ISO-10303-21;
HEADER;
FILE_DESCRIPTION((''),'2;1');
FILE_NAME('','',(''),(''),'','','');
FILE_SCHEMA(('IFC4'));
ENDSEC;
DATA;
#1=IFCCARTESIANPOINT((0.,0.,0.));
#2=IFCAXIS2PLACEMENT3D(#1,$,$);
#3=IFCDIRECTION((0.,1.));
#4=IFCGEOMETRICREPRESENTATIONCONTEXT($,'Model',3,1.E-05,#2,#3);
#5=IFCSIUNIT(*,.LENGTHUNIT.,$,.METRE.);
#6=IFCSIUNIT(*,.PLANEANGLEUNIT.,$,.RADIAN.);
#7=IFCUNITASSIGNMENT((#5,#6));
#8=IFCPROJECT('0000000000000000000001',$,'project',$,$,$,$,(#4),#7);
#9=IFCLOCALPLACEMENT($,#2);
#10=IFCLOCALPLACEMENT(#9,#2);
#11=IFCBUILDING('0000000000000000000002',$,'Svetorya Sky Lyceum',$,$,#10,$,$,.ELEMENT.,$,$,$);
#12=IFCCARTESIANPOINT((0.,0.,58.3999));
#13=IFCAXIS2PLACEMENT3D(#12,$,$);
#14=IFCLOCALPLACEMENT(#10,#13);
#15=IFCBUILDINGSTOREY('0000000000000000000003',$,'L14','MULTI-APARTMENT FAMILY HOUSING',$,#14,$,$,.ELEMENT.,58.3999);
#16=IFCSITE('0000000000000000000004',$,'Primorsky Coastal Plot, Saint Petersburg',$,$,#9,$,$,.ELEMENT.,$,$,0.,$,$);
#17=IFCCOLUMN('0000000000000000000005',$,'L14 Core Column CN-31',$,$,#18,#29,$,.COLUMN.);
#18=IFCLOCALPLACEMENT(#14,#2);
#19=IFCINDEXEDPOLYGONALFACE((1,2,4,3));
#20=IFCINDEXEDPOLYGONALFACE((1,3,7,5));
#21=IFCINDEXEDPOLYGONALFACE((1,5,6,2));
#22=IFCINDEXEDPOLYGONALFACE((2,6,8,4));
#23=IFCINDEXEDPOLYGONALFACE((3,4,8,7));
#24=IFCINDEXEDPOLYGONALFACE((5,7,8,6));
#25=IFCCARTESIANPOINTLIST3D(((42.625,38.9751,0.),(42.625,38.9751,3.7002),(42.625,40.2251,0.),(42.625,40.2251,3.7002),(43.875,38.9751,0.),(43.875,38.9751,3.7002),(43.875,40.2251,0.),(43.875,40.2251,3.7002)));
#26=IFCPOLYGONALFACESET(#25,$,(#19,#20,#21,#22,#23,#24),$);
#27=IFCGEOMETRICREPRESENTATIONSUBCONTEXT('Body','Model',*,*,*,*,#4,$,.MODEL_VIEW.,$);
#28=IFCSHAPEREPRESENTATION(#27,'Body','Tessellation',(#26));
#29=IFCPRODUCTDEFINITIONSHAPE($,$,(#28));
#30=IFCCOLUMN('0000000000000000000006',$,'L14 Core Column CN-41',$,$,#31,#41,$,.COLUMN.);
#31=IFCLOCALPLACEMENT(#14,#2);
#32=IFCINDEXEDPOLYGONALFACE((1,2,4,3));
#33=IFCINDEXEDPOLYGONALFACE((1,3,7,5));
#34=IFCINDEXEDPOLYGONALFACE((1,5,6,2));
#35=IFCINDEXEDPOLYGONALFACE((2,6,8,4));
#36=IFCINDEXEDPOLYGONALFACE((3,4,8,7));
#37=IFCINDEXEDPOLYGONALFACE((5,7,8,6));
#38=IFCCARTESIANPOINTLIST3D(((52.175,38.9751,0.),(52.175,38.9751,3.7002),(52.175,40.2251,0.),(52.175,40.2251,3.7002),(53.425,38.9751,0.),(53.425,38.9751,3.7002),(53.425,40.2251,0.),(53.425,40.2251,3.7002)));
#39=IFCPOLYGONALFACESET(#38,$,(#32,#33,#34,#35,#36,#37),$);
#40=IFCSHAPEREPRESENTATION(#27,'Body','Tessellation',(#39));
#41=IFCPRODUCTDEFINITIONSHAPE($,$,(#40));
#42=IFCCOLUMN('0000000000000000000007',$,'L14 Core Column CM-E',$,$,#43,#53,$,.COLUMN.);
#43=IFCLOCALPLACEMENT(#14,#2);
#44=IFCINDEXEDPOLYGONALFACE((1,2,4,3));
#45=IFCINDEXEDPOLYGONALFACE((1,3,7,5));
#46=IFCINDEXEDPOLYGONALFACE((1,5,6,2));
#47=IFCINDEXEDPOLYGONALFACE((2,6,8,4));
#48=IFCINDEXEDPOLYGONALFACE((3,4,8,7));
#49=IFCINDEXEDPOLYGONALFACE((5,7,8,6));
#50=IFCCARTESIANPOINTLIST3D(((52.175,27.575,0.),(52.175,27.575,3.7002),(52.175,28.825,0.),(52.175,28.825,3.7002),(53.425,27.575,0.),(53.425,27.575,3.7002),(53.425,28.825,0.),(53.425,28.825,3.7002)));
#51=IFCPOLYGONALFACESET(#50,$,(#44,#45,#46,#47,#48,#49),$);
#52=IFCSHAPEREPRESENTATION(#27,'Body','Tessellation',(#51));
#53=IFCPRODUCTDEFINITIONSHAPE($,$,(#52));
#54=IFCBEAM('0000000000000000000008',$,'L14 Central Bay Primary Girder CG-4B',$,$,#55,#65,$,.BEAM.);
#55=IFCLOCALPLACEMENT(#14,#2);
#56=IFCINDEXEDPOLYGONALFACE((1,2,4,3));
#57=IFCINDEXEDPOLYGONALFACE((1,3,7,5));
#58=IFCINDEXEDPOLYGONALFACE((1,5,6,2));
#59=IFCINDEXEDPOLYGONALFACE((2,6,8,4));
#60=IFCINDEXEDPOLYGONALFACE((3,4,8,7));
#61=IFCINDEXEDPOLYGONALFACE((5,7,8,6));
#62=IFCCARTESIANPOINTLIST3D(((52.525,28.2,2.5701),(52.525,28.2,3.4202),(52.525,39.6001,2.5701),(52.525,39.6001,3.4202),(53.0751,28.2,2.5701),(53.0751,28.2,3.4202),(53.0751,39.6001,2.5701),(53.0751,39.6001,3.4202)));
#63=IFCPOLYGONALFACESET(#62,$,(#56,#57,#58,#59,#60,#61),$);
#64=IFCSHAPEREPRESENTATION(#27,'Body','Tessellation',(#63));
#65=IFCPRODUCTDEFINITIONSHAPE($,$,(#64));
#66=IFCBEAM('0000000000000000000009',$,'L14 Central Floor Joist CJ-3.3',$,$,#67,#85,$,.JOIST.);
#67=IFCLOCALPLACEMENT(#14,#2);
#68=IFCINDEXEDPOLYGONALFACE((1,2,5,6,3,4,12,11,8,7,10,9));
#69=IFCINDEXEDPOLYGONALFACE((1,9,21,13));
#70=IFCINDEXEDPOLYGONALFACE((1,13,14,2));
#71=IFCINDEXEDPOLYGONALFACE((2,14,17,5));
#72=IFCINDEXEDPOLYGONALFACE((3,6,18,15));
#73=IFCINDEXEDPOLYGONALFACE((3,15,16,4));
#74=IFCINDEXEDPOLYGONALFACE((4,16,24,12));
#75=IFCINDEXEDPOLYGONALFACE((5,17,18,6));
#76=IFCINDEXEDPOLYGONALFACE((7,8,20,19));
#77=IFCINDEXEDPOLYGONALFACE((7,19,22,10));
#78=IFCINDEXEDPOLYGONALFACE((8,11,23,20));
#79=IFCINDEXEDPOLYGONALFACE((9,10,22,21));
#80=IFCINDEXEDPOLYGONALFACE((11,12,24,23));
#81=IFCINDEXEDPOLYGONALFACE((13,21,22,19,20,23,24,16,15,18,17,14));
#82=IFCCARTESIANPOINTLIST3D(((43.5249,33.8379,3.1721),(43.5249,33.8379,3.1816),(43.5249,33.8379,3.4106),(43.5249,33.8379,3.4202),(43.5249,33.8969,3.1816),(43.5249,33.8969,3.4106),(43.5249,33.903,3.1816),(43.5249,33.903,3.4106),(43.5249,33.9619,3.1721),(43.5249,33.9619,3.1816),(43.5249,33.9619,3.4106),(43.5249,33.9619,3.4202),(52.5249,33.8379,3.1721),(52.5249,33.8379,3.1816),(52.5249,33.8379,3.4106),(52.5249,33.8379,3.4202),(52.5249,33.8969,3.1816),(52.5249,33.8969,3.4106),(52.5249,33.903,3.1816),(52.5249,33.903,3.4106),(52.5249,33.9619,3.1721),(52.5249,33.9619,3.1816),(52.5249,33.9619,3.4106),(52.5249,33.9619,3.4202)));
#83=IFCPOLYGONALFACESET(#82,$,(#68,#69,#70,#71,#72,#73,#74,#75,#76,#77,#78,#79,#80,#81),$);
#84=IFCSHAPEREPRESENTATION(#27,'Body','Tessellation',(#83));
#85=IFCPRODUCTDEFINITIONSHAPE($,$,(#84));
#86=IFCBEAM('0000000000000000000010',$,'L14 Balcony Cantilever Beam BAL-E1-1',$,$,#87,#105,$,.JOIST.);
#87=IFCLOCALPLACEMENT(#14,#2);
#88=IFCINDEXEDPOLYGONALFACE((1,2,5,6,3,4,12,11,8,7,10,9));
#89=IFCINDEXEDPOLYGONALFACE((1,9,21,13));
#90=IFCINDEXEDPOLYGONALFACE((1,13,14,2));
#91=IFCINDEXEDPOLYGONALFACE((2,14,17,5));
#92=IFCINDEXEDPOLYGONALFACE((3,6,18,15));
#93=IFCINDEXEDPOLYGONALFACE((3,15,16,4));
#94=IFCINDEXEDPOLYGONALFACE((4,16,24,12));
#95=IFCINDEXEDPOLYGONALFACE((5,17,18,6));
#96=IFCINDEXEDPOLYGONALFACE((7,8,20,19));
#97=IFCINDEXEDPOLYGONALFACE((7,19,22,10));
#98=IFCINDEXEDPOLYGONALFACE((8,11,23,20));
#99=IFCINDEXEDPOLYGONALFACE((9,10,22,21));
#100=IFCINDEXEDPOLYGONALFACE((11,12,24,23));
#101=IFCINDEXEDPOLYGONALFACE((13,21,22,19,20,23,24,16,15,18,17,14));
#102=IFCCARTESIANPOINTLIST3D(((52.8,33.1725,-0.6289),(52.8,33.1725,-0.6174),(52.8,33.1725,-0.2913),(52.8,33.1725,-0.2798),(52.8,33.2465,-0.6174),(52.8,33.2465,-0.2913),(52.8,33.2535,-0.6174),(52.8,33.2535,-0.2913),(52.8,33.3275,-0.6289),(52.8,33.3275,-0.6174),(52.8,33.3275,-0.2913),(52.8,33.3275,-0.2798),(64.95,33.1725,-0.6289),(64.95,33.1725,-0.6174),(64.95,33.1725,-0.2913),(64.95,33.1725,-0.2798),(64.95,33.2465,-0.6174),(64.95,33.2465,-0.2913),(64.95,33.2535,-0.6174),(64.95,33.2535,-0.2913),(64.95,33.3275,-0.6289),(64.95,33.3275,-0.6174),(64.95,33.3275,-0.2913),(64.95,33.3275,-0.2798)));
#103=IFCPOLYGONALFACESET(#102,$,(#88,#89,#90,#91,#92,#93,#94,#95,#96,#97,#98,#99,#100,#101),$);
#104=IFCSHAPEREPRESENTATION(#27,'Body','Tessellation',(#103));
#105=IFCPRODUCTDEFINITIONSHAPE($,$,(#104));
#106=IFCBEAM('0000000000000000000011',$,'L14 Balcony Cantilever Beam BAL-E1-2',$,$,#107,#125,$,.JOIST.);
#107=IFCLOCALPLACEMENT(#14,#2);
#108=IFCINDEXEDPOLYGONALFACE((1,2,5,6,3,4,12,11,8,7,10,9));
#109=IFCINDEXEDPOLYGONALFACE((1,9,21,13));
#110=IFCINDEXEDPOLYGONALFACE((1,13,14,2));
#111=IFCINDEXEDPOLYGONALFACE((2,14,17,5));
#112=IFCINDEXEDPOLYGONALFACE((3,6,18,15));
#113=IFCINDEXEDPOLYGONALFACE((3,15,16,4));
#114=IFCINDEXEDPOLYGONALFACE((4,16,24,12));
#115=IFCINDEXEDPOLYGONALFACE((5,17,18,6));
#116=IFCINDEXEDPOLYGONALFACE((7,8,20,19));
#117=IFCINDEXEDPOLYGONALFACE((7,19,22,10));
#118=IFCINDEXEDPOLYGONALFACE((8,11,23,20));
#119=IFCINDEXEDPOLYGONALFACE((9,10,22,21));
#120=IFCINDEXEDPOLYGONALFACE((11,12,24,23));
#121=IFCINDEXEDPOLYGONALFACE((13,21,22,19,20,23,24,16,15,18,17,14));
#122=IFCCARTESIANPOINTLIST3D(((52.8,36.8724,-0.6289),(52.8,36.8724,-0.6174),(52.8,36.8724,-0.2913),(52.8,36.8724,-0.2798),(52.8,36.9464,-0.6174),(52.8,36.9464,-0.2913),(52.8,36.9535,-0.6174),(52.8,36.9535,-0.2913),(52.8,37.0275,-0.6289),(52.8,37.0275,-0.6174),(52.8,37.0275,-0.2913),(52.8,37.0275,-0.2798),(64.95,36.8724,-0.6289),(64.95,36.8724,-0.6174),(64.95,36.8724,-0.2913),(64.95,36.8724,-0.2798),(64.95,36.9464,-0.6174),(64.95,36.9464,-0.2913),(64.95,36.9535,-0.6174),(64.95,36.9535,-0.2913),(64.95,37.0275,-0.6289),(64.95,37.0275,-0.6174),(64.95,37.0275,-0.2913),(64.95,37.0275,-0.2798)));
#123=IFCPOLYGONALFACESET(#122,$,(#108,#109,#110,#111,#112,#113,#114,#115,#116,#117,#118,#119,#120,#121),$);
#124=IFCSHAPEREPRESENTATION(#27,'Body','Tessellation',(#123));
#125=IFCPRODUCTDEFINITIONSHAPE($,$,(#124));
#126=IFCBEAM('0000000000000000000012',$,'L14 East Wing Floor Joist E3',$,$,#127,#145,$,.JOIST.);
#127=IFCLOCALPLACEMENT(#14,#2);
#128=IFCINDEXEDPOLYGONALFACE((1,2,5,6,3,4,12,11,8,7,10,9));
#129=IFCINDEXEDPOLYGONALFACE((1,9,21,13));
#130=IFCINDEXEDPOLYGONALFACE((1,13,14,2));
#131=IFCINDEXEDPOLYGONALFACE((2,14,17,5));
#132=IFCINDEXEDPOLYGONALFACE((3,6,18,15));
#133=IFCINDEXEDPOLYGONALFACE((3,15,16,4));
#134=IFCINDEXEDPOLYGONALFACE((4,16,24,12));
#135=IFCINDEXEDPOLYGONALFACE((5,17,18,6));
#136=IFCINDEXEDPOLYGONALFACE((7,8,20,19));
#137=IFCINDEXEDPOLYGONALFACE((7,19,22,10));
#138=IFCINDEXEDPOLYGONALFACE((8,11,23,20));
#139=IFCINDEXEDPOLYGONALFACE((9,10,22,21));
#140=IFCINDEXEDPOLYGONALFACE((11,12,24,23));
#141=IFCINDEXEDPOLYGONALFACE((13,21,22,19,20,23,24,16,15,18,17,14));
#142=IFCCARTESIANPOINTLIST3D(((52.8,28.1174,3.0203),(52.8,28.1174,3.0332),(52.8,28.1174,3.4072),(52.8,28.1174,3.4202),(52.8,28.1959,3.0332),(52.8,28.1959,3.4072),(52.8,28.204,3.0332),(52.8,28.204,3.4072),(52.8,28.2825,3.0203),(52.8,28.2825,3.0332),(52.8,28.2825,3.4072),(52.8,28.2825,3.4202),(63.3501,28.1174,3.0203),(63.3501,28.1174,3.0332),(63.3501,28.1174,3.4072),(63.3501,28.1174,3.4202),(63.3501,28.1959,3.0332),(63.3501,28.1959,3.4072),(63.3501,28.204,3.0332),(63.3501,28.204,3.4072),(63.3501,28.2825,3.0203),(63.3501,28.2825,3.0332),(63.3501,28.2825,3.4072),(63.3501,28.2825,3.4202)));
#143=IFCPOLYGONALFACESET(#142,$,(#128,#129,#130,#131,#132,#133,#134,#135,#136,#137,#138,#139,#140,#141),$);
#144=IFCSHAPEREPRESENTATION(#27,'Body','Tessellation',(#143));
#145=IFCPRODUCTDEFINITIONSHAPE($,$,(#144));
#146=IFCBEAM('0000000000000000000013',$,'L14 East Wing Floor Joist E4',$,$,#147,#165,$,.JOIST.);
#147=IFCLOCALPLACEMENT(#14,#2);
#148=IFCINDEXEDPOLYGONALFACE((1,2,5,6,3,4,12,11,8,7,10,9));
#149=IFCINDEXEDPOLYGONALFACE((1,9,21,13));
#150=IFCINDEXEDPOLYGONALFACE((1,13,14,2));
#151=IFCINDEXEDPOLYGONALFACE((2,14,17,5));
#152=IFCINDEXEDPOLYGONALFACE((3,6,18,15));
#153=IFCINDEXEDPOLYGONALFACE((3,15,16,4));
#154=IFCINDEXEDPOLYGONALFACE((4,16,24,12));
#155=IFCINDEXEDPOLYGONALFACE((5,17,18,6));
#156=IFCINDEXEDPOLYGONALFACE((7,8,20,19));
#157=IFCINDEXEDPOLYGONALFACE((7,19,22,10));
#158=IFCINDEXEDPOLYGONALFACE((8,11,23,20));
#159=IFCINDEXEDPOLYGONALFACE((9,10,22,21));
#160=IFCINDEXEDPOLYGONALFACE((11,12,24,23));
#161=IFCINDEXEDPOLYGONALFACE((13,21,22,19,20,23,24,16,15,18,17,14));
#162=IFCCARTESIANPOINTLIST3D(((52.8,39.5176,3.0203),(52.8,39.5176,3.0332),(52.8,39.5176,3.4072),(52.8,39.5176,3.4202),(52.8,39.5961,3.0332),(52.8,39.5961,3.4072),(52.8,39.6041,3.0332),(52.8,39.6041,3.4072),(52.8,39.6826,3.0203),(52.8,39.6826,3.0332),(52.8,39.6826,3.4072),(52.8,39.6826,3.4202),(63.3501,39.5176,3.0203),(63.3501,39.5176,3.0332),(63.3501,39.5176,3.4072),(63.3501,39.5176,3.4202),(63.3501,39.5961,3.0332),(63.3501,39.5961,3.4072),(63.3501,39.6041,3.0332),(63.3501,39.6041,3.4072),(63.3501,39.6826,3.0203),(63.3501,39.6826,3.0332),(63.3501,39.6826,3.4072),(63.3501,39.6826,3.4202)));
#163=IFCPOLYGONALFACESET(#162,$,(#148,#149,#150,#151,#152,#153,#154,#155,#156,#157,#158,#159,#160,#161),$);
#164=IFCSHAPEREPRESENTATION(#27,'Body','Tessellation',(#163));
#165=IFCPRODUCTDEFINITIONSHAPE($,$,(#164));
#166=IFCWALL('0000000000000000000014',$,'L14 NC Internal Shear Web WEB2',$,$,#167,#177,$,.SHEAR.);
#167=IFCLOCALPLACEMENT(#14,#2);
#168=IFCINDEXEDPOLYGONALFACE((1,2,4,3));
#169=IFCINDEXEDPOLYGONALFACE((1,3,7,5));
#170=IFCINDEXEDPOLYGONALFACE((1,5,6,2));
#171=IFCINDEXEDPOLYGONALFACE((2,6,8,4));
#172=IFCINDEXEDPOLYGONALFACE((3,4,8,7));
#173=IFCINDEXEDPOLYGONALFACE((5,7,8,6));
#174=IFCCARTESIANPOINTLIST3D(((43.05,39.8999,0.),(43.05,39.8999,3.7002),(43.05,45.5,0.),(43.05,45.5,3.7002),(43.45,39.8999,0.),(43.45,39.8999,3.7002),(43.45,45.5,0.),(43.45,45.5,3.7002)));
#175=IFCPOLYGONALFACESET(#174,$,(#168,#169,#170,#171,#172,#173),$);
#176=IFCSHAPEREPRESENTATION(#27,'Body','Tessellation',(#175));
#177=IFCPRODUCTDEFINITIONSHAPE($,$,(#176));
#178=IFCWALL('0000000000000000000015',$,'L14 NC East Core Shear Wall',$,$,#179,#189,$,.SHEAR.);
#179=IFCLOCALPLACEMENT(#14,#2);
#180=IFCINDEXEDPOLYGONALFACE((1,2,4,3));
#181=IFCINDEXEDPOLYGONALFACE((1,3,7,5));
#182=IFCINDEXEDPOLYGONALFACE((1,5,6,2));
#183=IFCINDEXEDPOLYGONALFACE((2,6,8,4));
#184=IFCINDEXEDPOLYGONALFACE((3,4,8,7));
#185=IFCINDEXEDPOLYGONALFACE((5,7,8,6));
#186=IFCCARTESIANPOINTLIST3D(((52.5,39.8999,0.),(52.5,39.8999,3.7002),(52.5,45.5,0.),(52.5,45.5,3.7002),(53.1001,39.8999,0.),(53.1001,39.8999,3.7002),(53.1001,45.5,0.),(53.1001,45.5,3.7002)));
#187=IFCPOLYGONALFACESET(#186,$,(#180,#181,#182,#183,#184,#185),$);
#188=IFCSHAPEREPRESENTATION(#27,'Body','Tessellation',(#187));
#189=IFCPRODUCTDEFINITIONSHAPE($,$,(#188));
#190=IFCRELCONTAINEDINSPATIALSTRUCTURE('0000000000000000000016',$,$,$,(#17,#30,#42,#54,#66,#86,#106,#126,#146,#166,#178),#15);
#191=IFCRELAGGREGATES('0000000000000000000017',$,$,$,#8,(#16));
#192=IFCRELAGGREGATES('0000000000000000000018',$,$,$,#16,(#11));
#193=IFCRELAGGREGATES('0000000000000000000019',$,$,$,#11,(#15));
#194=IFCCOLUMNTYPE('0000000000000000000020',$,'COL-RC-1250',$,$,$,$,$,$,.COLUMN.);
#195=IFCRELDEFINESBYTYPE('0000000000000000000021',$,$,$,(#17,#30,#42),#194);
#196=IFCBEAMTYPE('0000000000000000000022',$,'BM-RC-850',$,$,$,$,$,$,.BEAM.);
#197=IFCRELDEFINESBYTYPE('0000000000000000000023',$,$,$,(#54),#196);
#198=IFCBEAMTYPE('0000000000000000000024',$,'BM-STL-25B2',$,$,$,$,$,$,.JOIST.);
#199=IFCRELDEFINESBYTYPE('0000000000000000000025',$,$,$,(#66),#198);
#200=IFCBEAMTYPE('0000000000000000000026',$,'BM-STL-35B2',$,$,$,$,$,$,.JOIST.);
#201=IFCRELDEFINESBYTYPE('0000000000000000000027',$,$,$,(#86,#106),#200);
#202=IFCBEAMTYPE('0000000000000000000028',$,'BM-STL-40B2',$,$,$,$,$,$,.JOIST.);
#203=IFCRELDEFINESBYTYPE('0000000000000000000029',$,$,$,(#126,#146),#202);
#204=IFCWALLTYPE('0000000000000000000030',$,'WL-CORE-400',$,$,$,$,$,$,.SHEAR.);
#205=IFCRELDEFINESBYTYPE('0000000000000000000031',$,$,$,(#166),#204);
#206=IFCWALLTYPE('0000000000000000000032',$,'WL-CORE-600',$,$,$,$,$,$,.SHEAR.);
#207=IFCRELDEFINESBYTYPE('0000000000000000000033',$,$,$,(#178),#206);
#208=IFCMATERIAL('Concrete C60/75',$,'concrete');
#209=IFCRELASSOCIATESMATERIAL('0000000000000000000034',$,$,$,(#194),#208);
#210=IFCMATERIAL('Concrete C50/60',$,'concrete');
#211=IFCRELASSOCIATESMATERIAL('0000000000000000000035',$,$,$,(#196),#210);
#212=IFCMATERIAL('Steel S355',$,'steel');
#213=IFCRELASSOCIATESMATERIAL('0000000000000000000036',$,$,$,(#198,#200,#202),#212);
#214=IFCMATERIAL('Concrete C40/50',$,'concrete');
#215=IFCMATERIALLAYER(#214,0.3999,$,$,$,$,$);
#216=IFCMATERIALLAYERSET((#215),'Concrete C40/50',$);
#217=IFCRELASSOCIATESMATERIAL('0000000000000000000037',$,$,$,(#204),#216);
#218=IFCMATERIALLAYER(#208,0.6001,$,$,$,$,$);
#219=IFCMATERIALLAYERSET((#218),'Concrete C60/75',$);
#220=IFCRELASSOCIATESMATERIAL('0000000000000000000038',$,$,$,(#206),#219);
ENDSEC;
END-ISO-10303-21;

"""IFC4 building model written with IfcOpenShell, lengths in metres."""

from ifc_helpers import new_model, si_unit, direction, frame, frame_2d, origin, origin_2d, place, context, subcontext, project, spatial, rectangle, i_section, extrude, material, layer, layer_set, material_profile, profile_set, type_object, element, save


model = new_model("IFC4")

# Units and contexts
model_context = context("Model", 3, precision=1e-05, world=origin(), true_north=direction((0.0, 1.0)))
body_context = subcontext(model_context, "Body", "Model", "MODEL_VIEW")
ifc_project = project(units=[si_unit("LENGTHUNIT", "METRE"), si_unit("PLANEANGLEUNIT", "RADIAN")], contexts=[model_context])

# Site, building, storey
site_placement = place(None, origin())
site = spatial("IfcSite", under=ifc_project, at=site_placement, Name="Primorsky Coastal Plot, Saint Petersburg", CompositionType="ELEMENT", RefElevation=0.0)
building_placement = place(site_placement, origin())
building = spatial("IfcBuilding", under=site, at=building_placement, Name="Svetorya Sky Lyceum", CompositionType="ELEMENT")
storey_placement = place(building_placement, frame((0.0, 0.0, 58.3999)))
storey = spatial("IfcBuildingStorey", under=building, at=storey_placement, Name="L14", Description="MULTI-APARTMENT FAMILY HOUSING", CompositionType="ELEMENT", Elevation=58.3999)

# Columns
ifc_material_1 = material(Name="Concrete C60/75", Category="concrete")
ifc_material_profile_1 = material_profile(ifc_material_1, rectangle(XDim=1.25, YDim=1.25, at=origin_2d()), Name="RC COL 1250x1250")
ifc_profile_set_1 = profile_set([ifc_material_profile_1], Name="Concrete C60/75")
column_type = type_object("IfcColumnType", Name="COL-RC-1250", PredefinedType="COLUMN", material=ifc_profile_set_1)
for number, where, z_axis, x_axis, name in (
    (1, (43.25, 39.6001, 0.0), (0.0, 0.0, 1.0), (1.0, 0.0, 0.0), "L14 Core Column CN-31"),
    (2, (52.8, 39.6001, 0.0), (0.0, 0.0, 1.0), (1.0, 0.0, 0.0), "L14 Core Column CN-41"),
    (3, (52.8, 28.2, 0.0), (0.0, 0.0, 1.0), (1.0, 0.0, 0.0), "L14 Core Column CM-E"),
):
    element("IfcColumn", number, at=place(storey_placement, frame(where, z_axis=z_axis, x_axis=x_axis)), inside=storey, type_object=column_type, Name=name, PredefinedType="COLUMN", context=body_context, shape_type="SweptSolid", body=[
        extrude(rectangle(XDim=1.25, YDim=1.25, at=origin_2d()), origin(), (0.0, 0.0, 1.0), 3.7002),
    ])

# Beams
ifc_material_2 = material(Name="Concrete C50/60", Category="concrete")
ifc_material_profile_2 = material_profile(ifc_material_2, rectangle(XDim=0.55, YDim=0.8501, at=origin_2d()), Name="RC BEAM 550x850")
ifc_profile_set_2 = profile_set([ifc_material_profile_2], Name="Concrete C50/60")
beam_type_1 = type_object("IfcBeamType", Name="BM-RC-850", PredefinedType="BEAM", material=ifc_profile_set_2)
beam_1_placement = place(storey_placement, frame((52.8, 28.2, 2.9951), z_axis=(0.0, 1.0, 0.0), x_axis=(-1.0, 0.0, 0.0)))
element("IfcBeam", 4, at=beam_1_placement, inside=storey, type_object=beam_type_1, Name="L14 Central Bay Primary Girder CG-4B", PredefinedType="BEAM", context=body_context, shape_type="SweptSolid", body=[
    extrude(rectangle(XDim=0.55, YDim=0.8501, at=origin_2d()), origin(), (0.0, 0.0, 1.0), 11.4001),
])
ifc_material_3 = material(Name="Steel S355", Category="steel")
ifc_material_profile_3 = material_profile(ifc_material_3, i_section(OverallWidth=0.124, OverallDepth=0.248, WebThickness=0.0061, FlangeThickness=0.0095, at=origin_2d()), Name="GOST 25B2")
ifc_profile_set_3 = profile_set([ifc_material_profile_3], Name="Steel S355")
beam_type_2 = type_object("IfcBeamType", Name="BM-STL-25B2", PredefinedType="JOIST", material=ifc_profile_set_3)
beam_2_placement = place(storey_placement, frame((43.5249, 33.8999, 3.2961), z_axis=(1.0, 0.0, 0.0), x_axis=(0.0, 1.0, 0.0)))
element("IfcBeam", 5, at=beam_2_placement, inside=storey, type_object=beam_type_2, Name="L14 Central Floor Joist CJ-3.3", PredefinedType="JOIST", context=body_context, shape_type="SweptSolid", body=[
    extrude(i_section(OverallWidth=0.124, OverallDepth=0.248, WebThickness=0.0061, FlangeThickness=0.0095, at=origin_2d()), origin(), (0.0, 0.0, 1.0), 9.0),
])
ifc_material_profile_4 = material_profile(ifc_material_3, i_section(OverallWidth=0.155, OverallDepth=0.3491, WebThickness=0.0071, FlangeThickness=0.0115, at=origin_2d()), Name="GOST 35B2")
ifc_profile_set_4 = profile_set([ifc_material_profile_4], Name="Steel S355")
beam_type_3 = type_object("IfcBeamType", Name="BM-STL-35B2", PredefinedType="JOIST", material=ifc_profile_set_4)
for number, where, z_axis, x_axis, name in (
    (6, (52.8, 33.25, -0.4543), (1.0, 0.0, 0.0), (0.0, 1.0, 0.0), "L14 Balcony Cantilever Beam BAL-E1-1"),
    (7, (52.8, 36.95, -0.4543), (1.0, 0.0, 0.0), (0.0, 1.0, 0.0), "L14 Balcony Cantilever Beam BAL-E1-2"),
):
    element("IfcBeam", number, at=place(storey_placement, frame(where, z_axis=z_axis, x_axis=x_axis)), inside=storey, type_object=beam_type_3, Name=name, PredefinedType="JOIST", context=body_context, shape_type="SweptSolid", body=[
        extrude(i_section(OverallWidth=0.155, OverallDepth=0.3491, WebThickness=0.0071, FlangeThickness=0.0115, at=origin_2d()), origin(), (0.0, 0.0, 1.0), 12.1499),
    ])
ifc_material_profile_5 = material_profile(ifc_material_3, i_section(OverallWidth=0.165, OverallDepth=0.3999, WebThickness=0.0081, FlangeThickness=0.0129, at=origin_2d()), Name="GOST 40B2")
ifc_profile_set_5 = profile_set([ifc_material_profile_5], Name="Steel S355")
beam_type_4 = type_object("IfcBeamType", Name="BM-STL-40B2", PredefinedType="JOIST", material=ifc_profile_set_5)
for number, where, z_axis, x_axis, name in (
    (8, (52.8, 28.2, 3.2202), (1.0, 0.0, 0.0), (0.0, 1.0, 0.0), "L14 East Wing Floor Joist E3"),
    (9, (52.8, 39.6001, 3.2202), (1.0, 0.0, 0.0), (0.0, 1.0, 0.0), "L14 East Wing Floor Joist E4"),
):
    element("IfcBeam", number, at=place(storey_placement, frame(where, z_axis=z_axis, x_axis=x_axis)), inside=storey, type_object=beam_type_4, Name=name, PredefinedType="JOIST", context=body_context, shape_type="SweptSolid", body=[
        extrude(i_section(OverallWidth=0.165, OverallDepth=0.3999, WebThickness=0.0081, FlangeThickness=0.0129, at=origin_2d()), origin(), (0.0, 0.0, 1.0), 10.55),
    ])

# Walls
ifc_material_4 = material(Name="Concrete C40/50", Category="concrete")
ifc_layer_1 = layer(ifc_material_4, 0.3999)
ifc_layer_set_1 = layer_set([ifc_layer_1], Name="Concrete C40/50")
wall_type_1 = type_object("IfcWallType", Name="WL-CORE-400", PredefinedType="SHEAR", material=ifc_layer_set_1)
wall_1_placement = place(storey_placement, frame((43.25, 39.8999, 0.0), z_axis=(0.0, 0.0, 1.0), x_axis=(0.0, 1.0, 0.0)))
element("IfcWall", 10, at=wall_1_placement, inside=storey, type_object=wall_type_1, Name="L14 NC Internal Shear Web WEB2", PredefinedType="SHEAR", context=body_context, shape_type="SweptSolid", body=[
    extrude(rectangle(XDim=5.6001, YDim=0.3999, at=frame_2d((2.8, 0.0))), origin(), (0.0, 0.0, 1.0), 3.7002),
])
ifc_layer_2 = layer(ifc_material_1, 0.6001)
ifc_layer_set_2 = layer_set([ifc_layer_2], Name="Concrete C60/75")
wall_type_2 = type_object("IfcWallType", Name="WL-CORE-600", PredefinedType="SHEAR", material=ifc_layer_set_2)
wall_2_placement = place(storey_placement, frame((52.8, 39.8999, 0.0), z_axis=(0.0, 0.0, 1.0), x_axis=(0.0, 1.0, 0.0)))
element("IfcWall", 11, at=wall_2_placement, inside=storey, type_object=wall_type_2, Name="L14 NC East Core Shear Wall", PredefinedType="SHEAR", context=body_context, shape_type="SweptSolid", body=[
    extrude(rectangle(XDim=5.6001, YDim=0.6001, at=frame_2d((2.8, 0.0))), origin(), (0.0, 0.0, 1.0), 3.7002),
])

save(model, "model.ifc")
